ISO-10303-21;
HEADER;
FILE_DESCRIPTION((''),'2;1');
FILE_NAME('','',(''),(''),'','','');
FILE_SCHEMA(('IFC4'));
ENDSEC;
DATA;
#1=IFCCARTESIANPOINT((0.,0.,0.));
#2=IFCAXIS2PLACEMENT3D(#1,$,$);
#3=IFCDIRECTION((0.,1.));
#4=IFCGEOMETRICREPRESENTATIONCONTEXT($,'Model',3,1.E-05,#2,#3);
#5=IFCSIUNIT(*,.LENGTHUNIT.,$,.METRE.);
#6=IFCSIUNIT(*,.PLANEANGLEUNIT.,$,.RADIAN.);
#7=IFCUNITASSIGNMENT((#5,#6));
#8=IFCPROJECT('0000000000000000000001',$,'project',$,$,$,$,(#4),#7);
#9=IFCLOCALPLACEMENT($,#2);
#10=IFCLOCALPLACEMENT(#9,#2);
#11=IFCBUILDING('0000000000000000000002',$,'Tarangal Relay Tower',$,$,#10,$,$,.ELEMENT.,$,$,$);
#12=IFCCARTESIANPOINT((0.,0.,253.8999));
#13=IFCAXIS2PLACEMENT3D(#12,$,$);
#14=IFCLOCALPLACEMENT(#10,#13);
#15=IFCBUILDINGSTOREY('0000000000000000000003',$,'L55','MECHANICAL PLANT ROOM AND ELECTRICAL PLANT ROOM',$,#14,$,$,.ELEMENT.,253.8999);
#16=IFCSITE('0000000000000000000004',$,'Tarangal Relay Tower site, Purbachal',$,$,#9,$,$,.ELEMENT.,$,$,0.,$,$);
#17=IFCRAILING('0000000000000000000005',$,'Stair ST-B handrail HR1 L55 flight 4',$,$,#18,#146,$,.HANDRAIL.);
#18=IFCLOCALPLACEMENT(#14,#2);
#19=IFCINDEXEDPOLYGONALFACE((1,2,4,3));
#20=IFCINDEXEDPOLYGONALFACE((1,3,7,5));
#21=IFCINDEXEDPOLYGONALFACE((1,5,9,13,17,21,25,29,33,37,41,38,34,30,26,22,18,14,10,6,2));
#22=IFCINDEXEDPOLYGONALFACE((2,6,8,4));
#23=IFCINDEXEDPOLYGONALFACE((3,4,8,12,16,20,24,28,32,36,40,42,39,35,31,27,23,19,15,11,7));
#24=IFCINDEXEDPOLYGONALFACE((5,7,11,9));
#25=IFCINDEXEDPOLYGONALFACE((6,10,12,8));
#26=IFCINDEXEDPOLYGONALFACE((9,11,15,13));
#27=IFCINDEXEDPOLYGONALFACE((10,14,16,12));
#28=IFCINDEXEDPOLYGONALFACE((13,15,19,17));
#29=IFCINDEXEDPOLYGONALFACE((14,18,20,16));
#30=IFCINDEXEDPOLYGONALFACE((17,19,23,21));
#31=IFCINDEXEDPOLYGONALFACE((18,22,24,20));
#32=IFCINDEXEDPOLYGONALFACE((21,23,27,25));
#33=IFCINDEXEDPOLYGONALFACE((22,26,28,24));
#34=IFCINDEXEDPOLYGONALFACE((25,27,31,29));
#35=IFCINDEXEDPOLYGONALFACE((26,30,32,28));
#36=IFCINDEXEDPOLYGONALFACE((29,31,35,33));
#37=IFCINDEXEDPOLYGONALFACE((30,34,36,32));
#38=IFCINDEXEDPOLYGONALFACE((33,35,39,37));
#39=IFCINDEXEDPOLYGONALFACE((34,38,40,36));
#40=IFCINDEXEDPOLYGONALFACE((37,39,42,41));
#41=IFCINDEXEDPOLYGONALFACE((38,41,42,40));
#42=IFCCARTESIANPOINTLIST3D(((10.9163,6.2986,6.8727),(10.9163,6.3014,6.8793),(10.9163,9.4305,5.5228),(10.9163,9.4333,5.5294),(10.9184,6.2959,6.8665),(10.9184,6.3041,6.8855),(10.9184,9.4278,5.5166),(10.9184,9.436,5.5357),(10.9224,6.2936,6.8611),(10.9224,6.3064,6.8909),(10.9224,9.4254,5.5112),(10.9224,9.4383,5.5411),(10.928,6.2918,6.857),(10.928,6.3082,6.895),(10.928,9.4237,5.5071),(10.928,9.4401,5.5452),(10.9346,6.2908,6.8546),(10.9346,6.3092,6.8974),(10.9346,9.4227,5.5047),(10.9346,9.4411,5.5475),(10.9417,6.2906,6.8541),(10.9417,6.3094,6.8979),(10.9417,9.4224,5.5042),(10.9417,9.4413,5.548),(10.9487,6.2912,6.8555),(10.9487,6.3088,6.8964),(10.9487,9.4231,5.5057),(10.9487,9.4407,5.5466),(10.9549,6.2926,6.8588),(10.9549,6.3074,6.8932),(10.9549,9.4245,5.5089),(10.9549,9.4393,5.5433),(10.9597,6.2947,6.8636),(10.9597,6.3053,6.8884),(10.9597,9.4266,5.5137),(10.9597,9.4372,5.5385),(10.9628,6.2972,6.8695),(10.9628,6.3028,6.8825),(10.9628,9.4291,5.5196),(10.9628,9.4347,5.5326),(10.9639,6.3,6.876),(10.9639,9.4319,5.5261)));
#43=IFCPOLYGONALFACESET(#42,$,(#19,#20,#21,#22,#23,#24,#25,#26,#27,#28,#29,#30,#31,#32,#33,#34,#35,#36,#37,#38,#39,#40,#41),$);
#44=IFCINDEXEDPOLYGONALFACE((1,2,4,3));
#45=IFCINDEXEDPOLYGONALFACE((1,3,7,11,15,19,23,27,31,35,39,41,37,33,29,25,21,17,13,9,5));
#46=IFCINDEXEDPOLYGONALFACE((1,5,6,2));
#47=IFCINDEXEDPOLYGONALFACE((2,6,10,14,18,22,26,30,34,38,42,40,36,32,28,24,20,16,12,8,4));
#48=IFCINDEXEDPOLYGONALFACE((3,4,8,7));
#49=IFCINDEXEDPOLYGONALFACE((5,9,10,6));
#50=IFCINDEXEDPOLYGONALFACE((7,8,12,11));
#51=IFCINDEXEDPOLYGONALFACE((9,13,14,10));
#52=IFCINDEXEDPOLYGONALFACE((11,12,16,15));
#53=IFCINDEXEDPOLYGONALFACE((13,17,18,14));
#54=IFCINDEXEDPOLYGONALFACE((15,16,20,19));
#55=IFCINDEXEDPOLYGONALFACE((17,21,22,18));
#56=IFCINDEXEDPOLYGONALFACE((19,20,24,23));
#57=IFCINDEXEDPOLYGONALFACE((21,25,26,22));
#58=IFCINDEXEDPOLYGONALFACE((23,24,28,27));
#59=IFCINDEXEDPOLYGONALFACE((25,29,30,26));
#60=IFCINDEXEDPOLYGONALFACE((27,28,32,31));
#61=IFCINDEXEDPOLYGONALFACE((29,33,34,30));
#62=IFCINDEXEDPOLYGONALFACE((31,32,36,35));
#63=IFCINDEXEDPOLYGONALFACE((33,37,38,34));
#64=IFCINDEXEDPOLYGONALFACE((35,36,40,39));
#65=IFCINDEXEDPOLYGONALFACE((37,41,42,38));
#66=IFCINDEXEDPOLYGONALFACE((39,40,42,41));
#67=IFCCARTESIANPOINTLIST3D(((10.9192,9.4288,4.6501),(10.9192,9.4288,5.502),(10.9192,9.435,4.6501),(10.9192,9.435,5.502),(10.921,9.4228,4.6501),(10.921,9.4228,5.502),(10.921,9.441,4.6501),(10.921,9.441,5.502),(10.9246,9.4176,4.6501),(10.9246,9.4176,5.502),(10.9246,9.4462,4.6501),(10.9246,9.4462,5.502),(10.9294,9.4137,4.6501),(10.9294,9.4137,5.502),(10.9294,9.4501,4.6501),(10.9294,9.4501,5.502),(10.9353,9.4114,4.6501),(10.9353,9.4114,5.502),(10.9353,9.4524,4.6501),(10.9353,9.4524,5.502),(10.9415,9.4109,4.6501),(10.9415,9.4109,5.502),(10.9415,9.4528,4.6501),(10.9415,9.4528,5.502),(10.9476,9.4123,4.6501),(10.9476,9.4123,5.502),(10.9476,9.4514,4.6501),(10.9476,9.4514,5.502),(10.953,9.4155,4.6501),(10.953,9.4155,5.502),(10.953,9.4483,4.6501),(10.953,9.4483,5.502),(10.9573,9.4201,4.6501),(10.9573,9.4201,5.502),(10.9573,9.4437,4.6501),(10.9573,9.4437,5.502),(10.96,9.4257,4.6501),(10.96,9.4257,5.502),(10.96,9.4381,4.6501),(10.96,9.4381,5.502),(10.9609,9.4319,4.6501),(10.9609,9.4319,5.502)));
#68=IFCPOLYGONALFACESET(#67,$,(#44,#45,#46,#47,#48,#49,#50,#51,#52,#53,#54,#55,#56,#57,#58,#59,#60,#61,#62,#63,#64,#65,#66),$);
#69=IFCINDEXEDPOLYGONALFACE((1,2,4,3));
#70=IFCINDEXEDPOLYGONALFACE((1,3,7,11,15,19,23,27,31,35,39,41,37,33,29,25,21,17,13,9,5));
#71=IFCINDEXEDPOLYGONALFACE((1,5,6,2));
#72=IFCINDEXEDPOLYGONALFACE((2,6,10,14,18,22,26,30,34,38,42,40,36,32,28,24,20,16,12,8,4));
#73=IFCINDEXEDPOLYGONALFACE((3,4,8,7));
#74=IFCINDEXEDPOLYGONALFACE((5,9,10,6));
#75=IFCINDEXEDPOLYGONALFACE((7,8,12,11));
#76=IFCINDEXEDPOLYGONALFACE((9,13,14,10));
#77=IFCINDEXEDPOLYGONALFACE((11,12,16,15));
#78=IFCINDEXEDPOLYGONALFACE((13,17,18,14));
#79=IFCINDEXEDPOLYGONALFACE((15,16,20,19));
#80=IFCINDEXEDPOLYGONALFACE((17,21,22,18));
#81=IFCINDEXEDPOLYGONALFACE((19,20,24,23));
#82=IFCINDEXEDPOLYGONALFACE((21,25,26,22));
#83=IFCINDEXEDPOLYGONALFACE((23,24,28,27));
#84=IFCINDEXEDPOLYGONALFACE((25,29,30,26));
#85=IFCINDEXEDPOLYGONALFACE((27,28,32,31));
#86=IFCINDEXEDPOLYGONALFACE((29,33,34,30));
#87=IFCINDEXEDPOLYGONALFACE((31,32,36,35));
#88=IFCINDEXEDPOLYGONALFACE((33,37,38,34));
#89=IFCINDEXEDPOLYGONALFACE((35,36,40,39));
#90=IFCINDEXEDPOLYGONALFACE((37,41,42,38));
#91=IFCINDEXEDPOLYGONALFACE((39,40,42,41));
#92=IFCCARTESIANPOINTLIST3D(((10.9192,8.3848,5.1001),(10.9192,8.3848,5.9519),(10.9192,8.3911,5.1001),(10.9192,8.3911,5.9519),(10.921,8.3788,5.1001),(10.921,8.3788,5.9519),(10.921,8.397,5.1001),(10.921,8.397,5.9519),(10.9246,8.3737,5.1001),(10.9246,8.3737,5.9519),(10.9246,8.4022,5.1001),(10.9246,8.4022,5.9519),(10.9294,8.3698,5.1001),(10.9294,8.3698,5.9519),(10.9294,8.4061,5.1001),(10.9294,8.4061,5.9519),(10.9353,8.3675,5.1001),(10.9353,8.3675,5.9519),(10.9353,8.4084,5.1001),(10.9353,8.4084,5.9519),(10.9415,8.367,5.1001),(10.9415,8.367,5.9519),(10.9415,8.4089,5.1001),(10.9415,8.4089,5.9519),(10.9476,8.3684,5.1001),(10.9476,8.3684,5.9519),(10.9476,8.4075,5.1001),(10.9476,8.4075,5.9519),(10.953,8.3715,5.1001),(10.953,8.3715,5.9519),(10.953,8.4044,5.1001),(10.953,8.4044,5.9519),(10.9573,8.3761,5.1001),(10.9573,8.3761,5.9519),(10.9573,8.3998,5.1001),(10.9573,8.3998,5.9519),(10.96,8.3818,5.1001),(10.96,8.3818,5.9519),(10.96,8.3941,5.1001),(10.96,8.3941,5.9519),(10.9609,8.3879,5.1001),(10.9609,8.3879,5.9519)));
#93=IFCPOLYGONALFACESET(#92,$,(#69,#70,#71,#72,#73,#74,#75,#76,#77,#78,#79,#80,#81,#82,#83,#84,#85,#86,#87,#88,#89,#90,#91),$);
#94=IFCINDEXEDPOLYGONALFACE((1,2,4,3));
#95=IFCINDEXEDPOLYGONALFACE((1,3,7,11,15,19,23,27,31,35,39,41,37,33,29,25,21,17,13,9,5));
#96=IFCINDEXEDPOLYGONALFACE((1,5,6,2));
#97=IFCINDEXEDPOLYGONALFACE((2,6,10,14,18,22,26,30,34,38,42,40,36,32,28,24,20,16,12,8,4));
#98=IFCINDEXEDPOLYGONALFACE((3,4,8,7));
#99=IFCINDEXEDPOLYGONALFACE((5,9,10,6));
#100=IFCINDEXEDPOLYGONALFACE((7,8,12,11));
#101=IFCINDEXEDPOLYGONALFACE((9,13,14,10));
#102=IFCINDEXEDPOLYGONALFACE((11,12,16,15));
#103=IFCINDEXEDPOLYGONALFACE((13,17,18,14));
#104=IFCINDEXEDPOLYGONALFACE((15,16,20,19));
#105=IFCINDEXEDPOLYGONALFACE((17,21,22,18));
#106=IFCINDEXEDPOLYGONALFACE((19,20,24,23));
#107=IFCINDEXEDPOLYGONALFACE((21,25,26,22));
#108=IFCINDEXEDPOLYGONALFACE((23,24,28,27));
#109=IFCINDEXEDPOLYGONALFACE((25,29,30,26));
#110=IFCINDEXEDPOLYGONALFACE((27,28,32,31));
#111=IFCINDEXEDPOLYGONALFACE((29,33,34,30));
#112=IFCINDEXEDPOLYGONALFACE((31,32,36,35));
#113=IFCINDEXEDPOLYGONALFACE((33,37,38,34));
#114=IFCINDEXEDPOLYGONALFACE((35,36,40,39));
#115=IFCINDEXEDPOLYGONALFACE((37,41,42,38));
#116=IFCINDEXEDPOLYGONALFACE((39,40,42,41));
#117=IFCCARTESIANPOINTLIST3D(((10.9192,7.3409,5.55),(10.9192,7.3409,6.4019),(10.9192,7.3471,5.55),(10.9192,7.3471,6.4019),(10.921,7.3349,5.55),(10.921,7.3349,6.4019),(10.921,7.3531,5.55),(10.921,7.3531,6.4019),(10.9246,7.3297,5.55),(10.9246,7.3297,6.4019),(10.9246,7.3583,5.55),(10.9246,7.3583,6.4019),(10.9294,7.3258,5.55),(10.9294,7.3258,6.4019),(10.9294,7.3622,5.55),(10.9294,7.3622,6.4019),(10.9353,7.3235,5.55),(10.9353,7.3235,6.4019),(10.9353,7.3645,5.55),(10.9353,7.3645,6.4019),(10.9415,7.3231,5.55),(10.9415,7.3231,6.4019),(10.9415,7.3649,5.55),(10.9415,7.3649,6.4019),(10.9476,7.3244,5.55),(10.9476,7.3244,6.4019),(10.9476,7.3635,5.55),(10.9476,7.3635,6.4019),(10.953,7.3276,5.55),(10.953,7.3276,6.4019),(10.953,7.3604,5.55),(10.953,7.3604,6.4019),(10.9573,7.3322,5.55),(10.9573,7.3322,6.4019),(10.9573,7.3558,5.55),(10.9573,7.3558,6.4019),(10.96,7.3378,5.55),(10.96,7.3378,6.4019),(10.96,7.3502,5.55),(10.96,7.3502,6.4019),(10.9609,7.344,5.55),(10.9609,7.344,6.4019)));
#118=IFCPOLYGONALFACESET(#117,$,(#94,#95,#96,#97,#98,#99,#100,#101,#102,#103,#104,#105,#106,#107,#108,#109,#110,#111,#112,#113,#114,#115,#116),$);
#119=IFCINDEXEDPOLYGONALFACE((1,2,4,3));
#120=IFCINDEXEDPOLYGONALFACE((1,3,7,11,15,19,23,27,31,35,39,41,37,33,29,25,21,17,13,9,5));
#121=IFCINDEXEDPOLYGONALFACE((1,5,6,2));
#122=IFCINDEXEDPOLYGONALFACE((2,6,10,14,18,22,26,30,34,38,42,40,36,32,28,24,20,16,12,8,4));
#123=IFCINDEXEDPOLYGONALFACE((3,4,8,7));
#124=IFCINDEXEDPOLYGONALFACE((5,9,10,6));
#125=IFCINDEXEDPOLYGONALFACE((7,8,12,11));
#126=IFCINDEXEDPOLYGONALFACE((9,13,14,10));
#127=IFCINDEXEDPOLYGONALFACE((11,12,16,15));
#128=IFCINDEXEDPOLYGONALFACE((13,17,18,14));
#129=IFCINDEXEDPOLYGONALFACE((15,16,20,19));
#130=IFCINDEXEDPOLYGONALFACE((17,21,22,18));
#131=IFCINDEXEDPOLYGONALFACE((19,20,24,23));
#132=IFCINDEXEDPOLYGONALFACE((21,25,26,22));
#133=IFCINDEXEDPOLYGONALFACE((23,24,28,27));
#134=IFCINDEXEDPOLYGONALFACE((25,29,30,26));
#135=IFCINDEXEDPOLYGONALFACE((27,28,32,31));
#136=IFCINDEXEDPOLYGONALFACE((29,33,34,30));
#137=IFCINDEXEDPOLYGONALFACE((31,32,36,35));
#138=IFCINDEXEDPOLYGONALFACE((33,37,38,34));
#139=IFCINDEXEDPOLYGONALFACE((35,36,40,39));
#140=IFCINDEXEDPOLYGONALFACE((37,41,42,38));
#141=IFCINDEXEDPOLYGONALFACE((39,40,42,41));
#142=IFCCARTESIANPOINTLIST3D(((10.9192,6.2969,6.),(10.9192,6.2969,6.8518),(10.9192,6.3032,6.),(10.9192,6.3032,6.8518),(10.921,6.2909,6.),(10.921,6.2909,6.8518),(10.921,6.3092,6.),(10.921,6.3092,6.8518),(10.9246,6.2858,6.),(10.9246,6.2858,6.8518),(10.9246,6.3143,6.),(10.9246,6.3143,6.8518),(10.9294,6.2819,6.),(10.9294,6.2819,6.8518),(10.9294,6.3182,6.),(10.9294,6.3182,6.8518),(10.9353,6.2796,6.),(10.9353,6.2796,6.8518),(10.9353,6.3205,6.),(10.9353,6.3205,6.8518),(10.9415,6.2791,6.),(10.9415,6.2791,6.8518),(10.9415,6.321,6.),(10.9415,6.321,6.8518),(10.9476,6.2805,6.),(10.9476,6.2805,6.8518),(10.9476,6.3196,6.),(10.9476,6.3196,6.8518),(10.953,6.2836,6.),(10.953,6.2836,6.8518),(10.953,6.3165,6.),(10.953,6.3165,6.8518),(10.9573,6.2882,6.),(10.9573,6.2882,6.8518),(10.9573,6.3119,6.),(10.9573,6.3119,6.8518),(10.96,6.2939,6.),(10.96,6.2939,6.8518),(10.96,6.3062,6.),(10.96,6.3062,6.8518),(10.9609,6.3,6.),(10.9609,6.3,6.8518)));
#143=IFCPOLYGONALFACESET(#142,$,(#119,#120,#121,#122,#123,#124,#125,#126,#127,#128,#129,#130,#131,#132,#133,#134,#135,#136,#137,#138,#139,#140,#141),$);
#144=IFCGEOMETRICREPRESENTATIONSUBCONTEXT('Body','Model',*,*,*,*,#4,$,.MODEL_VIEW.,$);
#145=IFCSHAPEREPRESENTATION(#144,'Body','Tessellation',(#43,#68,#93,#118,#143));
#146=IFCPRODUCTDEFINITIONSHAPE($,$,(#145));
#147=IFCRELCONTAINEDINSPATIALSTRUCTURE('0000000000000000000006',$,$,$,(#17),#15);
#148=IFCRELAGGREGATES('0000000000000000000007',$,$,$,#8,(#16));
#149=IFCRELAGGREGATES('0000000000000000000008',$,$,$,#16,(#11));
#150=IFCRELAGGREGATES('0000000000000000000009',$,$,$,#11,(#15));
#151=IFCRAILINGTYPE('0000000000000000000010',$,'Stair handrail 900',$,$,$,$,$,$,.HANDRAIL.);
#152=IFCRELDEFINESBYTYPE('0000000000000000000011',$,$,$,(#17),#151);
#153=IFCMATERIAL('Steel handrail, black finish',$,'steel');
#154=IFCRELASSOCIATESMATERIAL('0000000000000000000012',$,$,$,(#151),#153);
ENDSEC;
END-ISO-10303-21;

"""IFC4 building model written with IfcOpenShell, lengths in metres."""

from ifc_helpers import new_model, si_unit, direction, frame, origin, origin_2d, place, context, subcontext, project, spatial, circle, extrude, material, type_object, element, save


model = new_model("IFC4")

# Units and contexts
model_context = context("Model", 3, precision=1e-05, world=origin(), true_north=direction((0.0, 1.0)))
body_context = subcontext(model_context, "Body", "Model", "MODEL_VIEW")
ifc_project = project(units=[si_unit("LENGTHUNIT", "METRE"), si_unit("PLANEANGLEUNIT", "RADIAN")], contexts=[model_context])

# Site, building, storey
site_placement = place(None, origin())
site = spatial("IfcSite", under=ifc_project, at=site_placement, Name="Tarangal Relay Tower site, Purbachal", CompositionType="ELEMENT", RefElevation=0.0)
building_placement = place(site_placement, origin())
building = spatial("IfcBuilding", under=site, at=building_placement, Name="Tarangal Relay Tower", CompositionType="ELEMENT")
storey_placement = place(building_placement, frame((0.0, 0.0, 253.8999)))
storey = spatial("IfcBuildingStorey", under=building, at=storey_placement, Name="L55", Description="MECHANICAL PLANT ROOM AND ELECTRICAL PLANT ROOM", CompositionType="ELEMENT", Elevation=253.8999)

# Railing
ifc_material_1 = material(Name="Steel handrail, black finish", Category="steel")
railing_type_1 = type_object("IfcRailingType", Name="Stair handrail 900", PredefinedType="HANDRAIL", material=ifc_material_1)
for number, where, name in (
    (1, (10.9399, 9.4319, 4.6501), "Stair ST-B handrail HR1 L55 flight 4"),
):
    element("IfcRailing", number, at=place(storey_placement, frame(where)), inside=storey, type_object=railing_type_1, Name=name, PredefinedType="HANDRAIL", context=body_context, shape_type="SweptSolid", body=[
        extrude(circle(Radius=0.0239, at=origin_2d()), frame((0.0, 0.0, 0.876), z_axis=(0.0, -0.918332, 0.395811), x_axis=(1.0, 0.0, 0.0)), (0.0, 0.0, 1.0), 3.4104),
        extrude(circle(Radius=0.021, at=origin_2d()), origin(), (0.0, 0.0, 1.0), 0.8518),
        extrude(circle(Radius=0.021, at=origin_2d()), frame((0.0, -1.0439, 0.45)), (0.0, 0.0, 1.0), 0.8518),
        extrude(circle(Radius=0.021, at=origin_2d()), frame((0.0, -2.0879, 0.8999)), (0.0, 0.0, 1.0), 0.8518),
        extrude(circle(Radius=0.021, at=origin_2d()), frame((0.0, -3.1318, 1.3499)), (0.0, 0.0, 1.0), 0.8518),
    ])

save(model, "model.ifc")
